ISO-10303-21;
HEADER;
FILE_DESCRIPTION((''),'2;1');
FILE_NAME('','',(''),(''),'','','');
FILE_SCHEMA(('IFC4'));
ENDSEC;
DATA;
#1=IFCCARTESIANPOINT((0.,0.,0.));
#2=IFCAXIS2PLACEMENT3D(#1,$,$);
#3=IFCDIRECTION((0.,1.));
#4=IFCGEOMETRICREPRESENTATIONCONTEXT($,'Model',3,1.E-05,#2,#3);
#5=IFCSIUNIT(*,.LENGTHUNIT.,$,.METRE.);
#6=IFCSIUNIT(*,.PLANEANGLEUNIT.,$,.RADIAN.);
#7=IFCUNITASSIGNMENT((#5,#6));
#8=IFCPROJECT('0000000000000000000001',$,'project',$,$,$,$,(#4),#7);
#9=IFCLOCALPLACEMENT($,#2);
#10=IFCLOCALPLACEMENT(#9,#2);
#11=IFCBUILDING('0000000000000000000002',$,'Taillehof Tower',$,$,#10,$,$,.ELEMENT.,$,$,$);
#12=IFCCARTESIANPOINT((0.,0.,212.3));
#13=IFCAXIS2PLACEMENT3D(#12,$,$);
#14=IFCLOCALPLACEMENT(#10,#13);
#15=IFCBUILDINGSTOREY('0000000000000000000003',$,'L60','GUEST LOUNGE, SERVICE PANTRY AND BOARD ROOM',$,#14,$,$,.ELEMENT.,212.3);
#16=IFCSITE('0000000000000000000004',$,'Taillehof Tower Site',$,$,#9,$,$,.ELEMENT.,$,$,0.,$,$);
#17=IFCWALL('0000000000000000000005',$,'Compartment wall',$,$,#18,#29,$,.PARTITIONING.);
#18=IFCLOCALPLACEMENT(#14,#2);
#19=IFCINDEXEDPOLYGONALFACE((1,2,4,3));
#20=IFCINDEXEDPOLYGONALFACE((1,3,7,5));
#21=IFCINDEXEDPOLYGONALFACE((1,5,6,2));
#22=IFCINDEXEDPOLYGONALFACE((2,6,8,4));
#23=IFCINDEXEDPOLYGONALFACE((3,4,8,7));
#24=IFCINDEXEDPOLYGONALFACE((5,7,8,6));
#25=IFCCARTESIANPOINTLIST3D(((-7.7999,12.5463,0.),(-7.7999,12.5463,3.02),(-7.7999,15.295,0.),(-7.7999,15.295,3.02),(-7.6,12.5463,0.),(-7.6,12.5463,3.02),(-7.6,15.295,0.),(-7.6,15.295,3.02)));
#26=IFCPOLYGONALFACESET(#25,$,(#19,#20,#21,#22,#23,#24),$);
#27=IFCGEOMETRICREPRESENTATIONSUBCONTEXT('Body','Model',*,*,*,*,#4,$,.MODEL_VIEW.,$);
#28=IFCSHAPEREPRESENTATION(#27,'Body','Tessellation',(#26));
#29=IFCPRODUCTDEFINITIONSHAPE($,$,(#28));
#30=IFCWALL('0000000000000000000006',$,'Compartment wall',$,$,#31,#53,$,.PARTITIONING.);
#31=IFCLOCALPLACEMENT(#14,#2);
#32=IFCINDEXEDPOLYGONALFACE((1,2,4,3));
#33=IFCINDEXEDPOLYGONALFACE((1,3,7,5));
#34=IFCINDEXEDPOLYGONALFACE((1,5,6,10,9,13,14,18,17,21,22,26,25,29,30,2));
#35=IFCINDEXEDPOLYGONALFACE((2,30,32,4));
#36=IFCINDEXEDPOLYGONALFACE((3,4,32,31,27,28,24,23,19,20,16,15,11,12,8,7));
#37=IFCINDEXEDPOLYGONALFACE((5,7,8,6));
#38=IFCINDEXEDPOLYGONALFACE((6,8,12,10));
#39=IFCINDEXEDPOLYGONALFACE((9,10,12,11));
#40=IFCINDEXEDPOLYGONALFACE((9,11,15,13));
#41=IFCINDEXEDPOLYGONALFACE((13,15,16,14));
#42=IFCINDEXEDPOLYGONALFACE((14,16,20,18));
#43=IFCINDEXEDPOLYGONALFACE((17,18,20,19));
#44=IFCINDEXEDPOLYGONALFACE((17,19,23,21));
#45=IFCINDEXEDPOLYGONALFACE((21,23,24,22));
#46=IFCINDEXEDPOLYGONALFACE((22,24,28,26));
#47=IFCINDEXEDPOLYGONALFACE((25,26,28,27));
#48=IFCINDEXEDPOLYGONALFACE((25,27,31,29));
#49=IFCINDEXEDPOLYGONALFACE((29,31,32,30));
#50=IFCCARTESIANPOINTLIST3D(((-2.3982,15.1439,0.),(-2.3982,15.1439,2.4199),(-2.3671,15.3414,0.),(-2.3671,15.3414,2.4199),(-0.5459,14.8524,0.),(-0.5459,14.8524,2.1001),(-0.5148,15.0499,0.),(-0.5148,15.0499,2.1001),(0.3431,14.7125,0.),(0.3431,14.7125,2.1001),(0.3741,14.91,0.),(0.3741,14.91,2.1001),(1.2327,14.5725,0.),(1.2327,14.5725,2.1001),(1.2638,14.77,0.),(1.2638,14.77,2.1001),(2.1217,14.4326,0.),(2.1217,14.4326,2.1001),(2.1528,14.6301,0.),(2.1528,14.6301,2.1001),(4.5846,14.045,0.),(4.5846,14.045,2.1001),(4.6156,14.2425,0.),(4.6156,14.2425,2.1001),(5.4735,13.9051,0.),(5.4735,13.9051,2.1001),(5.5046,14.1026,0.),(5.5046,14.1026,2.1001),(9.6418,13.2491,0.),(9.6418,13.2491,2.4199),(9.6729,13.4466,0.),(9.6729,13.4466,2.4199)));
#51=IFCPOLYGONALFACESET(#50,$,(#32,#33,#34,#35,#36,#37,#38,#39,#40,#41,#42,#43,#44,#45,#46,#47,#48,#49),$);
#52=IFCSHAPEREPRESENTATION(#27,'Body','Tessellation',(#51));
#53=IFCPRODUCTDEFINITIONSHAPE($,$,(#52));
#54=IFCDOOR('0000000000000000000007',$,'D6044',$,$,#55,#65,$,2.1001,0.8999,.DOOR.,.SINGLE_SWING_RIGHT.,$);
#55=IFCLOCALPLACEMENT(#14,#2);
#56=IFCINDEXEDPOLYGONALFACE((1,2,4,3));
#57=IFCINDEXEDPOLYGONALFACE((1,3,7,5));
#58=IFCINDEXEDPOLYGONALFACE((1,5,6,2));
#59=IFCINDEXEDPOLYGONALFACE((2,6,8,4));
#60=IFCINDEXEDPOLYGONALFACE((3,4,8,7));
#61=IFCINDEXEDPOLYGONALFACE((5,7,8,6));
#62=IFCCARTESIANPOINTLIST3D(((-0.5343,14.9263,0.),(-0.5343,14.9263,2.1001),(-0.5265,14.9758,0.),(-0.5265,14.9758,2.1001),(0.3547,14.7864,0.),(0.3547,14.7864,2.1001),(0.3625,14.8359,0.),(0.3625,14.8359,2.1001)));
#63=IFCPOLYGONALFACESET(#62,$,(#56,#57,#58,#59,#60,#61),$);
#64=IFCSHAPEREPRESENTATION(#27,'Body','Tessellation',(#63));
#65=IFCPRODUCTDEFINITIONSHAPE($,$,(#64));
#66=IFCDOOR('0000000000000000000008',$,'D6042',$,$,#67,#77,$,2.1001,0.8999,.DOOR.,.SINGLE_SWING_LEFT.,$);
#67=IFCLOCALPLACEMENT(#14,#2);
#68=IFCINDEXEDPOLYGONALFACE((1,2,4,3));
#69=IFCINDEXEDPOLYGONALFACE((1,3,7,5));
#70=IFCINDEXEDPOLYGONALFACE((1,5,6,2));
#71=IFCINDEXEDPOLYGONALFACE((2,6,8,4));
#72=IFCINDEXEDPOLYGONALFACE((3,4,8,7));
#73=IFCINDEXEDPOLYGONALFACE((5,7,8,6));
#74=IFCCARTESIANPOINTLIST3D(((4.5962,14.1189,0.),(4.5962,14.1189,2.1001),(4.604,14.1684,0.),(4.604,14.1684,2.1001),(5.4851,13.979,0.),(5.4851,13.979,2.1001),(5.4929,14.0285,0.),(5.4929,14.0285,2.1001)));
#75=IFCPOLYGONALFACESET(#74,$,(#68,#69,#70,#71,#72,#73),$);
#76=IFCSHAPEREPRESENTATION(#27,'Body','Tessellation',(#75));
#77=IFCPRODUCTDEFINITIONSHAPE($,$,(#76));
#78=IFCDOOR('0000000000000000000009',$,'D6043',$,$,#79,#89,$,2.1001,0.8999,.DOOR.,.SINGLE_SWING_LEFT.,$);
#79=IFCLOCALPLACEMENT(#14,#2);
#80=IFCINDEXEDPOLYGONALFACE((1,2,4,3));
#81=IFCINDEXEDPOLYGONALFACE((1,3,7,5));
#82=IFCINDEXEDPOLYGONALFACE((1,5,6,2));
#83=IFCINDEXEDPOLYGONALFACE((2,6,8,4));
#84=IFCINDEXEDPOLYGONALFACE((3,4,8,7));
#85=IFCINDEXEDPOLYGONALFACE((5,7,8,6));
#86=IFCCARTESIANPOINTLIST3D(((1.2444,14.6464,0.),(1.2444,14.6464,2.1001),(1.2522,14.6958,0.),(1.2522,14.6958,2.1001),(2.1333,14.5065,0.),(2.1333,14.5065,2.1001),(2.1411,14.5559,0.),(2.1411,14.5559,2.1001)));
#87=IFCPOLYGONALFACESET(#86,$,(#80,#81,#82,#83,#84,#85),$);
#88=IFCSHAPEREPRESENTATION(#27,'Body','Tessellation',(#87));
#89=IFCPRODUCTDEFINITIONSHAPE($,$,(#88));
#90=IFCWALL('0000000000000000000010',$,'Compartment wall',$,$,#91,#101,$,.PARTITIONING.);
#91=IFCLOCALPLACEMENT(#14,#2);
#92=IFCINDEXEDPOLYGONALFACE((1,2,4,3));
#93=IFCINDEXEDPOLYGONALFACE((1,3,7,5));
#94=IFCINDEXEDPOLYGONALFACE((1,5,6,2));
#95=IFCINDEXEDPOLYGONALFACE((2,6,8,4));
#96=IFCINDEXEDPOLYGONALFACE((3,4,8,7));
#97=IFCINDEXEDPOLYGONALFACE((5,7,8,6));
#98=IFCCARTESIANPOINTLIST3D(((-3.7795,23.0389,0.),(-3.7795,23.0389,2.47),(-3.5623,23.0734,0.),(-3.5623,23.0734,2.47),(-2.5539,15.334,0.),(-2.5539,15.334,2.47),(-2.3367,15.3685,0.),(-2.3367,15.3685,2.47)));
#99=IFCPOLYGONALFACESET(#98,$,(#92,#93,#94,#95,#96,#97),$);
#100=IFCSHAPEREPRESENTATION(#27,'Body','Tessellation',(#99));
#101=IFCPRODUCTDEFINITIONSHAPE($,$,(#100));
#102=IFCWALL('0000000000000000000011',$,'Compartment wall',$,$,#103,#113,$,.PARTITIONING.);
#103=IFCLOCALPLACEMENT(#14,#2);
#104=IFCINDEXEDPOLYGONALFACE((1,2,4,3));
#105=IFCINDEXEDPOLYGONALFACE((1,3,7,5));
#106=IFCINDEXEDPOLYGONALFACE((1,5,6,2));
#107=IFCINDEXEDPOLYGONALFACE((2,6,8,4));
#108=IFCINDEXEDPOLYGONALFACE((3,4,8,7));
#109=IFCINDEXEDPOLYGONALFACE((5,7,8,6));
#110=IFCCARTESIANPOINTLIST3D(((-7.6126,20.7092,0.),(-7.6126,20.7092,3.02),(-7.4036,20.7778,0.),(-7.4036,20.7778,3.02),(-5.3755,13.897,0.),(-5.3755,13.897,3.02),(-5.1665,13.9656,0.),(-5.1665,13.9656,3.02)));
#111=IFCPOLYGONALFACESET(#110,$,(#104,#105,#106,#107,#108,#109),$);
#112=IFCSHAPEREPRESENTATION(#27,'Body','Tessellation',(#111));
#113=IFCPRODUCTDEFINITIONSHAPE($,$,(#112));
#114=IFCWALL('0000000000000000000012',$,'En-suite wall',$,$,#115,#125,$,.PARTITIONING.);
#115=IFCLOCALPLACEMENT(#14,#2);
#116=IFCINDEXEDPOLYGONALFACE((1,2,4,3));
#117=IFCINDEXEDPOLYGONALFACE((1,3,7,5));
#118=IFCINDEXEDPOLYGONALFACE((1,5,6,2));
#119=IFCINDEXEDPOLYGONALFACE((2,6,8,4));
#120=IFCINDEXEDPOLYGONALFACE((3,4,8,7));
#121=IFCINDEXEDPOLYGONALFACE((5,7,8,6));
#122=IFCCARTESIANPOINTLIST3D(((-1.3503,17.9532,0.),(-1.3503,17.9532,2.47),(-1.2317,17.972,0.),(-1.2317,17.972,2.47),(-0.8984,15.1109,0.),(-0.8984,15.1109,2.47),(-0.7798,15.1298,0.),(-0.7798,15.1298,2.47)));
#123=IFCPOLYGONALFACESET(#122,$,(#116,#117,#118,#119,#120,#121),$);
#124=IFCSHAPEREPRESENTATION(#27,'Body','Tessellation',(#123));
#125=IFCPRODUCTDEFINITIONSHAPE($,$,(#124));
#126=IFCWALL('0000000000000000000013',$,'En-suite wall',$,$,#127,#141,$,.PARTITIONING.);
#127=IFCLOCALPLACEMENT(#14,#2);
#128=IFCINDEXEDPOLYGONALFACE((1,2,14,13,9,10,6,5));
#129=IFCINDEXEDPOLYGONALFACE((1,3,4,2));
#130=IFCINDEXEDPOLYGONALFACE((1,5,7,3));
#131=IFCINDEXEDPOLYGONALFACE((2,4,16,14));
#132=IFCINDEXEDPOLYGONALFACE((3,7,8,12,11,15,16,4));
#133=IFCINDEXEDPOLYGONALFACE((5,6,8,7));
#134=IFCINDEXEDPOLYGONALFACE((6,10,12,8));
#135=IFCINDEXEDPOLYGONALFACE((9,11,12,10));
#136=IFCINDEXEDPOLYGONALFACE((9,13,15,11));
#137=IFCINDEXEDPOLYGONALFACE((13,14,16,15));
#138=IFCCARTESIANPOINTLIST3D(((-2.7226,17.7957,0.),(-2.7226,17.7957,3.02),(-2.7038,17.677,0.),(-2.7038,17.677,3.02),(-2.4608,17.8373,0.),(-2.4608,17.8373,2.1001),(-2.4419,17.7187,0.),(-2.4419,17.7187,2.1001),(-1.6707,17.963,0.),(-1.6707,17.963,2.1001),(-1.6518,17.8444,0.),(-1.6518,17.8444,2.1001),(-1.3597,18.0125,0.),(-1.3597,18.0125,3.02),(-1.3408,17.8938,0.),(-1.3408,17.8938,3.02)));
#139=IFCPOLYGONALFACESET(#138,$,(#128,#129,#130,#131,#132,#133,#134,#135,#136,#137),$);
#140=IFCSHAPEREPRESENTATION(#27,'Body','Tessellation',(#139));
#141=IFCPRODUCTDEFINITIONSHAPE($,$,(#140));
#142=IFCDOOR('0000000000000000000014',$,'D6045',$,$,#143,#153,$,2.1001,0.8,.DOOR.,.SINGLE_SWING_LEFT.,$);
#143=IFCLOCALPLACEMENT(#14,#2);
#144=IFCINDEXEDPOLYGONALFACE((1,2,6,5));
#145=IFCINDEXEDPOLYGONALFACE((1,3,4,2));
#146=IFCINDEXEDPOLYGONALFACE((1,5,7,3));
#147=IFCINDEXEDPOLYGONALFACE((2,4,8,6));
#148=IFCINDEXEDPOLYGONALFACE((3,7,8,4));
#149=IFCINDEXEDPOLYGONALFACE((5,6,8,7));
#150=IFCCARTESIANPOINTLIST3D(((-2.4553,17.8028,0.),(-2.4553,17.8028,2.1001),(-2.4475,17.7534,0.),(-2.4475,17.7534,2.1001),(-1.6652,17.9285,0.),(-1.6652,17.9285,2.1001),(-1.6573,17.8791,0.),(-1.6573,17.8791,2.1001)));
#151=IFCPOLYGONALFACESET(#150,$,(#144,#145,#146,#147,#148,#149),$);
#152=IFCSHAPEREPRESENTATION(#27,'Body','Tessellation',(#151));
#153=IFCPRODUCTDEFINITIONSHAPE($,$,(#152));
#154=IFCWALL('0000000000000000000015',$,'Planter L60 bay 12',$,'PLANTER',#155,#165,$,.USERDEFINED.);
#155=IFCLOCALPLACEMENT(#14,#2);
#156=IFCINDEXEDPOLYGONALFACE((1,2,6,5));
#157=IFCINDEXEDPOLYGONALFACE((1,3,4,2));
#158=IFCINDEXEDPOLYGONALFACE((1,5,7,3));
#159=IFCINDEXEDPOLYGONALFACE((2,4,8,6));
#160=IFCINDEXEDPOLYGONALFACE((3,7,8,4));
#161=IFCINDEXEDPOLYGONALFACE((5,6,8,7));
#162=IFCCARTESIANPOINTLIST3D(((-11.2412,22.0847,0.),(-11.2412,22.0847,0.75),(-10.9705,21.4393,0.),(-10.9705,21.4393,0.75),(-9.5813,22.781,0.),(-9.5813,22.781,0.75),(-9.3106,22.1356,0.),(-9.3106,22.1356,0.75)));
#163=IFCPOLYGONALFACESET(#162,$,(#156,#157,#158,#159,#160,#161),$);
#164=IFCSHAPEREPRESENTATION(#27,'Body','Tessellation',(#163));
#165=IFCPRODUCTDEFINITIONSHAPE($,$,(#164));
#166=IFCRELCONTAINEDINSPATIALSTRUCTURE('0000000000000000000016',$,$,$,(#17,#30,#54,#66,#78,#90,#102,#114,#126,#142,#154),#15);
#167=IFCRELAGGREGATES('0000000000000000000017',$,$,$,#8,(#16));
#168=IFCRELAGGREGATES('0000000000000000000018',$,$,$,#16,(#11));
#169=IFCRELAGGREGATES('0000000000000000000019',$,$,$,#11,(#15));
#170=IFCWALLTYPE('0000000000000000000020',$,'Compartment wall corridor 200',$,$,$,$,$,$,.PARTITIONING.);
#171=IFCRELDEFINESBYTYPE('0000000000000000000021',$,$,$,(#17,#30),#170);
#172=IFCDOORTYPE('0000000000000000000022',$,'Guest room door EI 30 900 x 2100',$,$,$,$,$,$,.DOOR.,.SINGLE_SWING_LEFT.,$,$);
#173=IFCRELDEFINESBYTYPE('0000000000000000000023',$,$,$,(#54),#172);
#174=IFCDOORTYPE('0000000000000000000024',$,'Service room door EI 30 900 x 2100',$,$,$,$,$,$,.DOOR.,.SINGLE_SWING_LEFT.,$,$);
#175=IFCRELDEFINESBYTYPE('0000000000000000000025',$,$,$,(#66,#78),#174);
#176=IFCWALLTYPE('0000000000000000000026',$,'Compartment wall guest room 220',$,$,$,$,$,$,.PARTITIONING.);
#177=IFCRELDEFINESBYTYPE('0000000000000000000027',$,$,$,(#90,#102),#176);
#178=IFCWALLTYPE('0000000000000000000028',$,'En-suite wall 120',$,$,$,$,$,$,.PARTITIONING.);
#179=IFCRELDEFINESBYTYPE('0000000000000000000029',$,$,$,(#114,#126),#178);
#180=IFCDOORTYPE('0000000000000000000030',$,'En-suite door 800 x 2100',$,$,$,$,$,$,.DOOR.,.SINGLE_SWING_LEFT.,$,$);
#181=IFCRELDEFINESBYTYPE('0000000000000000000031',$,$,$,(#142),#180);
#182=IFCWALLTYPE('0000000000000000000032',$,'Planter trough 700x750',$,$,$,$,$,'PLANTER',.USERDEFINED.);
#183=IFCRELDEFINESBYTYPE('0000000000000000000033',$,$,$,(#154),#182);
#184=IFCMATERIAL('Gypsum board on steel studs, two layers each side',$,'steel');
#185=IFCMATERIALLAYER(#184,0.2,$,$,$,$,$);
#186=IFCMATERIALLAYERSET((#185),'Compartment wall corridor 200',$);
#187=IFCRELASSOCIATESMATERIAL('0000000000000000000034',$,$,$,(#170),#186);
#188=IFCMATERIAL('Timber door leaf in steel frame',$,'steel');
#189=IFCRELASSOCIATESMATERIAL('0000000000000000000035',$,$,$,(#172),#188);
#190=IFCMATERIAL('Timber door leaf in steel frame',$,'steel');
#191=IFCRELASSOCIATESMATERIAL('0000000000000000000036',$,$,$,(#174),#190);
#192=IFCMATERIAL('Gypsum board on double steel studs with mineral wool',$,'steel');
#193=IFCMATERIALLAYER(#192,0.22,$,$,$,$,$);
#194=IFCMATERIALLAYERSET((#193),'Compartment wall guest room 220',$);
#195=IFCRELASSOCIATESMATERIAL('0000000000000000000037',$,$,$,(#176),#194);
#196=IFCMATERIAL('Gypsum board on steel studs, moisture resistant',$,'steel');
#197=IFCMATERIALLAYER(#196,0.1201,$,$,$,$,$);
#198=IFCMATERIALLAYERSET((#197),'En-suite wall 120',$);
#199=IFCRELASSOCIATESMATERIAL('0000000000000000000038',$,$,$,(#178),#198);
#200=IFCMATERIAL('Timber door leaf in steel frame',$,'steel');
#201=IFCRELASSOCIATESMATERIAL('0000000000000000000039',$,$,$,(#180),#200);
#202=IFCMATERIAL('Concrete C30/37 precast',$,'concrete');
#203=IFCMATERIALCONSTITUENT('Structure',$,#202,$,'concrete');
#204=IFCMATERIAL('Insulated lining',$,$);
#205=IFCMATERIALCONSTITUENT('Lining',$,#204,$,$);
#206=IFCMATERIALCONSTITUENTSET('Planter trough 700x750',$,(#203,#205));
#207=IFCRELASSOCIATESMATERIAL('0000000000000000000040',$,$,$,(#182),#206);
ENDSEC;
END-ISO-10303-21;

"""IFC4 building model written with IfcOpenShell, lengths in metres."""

from ifc_helpers import new_model, si_unit, direction, frame, frame_2d, origin, place, context, subcontext, project, spatial, rectangle, extrude, material, layer, layer_set, constituent, constituent_set, type_object, element, fill, save


model = new_model("IFC4")

# Units and contexts
model_context = context("Model", 3, precision=1e-05, world=origin(), true_north=direction((0.0, 1.0)))
body_context = subcontext(model_context, "Body", "Model", "MODEL_VIEW")
ifc_project = project(units=[si_unit("LENGTHUNIT", "METRE"), si_unit("PLANEANGLEUNIT", "RADIAN")], contexts=[model_context])

# Site, building, storey
site_placement = place(None, origin())
site = spatial("IfcSite", under=ifc_project, at=site_placement, Name="Taillehof Tower Site", CompositionType="ELEMENT", RefElevation=0.0)
building_placement = place(site_placement, origin())
building = spatial("IfcBuilding", under=site, at=building_placement, Name="Taillehof Tower", CompositionType="ELEMENT")
storey_placement = place(building_placement, frame((0.0, 0.0, 212.3)))
storey = spatial("IfcBuildingStorey", under=building, at=storey_placement, Name="L60", Description="GUEST LOUNGE, SERVICE PANTRY AND BOARD ROOM", CompositionType="ELEMENT", Elevation=212.3)

# Wall
ifc_material_1 = material(Name="Gypsum board on steel studs, two layers each side", Category="steel")
ifc_layer_1 = layer(ifc_material_1, 0.2)
ifc_layer_set_1 = layer_set([ifc_layer_1], Name="Compartment wall corridor 200")
wall_type_1 = type_object("IfcWallType", Name="Compartment wall corridor 200", PredefinedType="PARTITIONING", material=ifc_layer_set_1)
wall_1_placement = place(storey_placement, frame((-7.7, 15.2952, 0.0), z_axis=(0.0, 0.0, 1.0), x_axis=(0.0, -1.0, 0.0)))
element("IfcWall", 1, at=wall_1_placement, inside=storey, type_object=wall_type_1, Name="Compartment wall", PredefinedType="PARTITIONING", context=body_context, shape_type="SweptSolid", body=[
    extrude(rectangle(XDim=2.7488, YDim=0.2, at=frame_2d((1.3745, 0.0))), origin(), (0.0, 0.0, 1.0), 3.02),
])

# Wall, openings, doors
wall_2_placement = place(storey_placement, frame((-2.3828, 15.2427, 0.0), z_axis=(0.0, 0.0, 1.0), x_axis=(0.987842, -0.15546, 0.0)))
wall_2 = element("IfcWall", 2, at=wall_2_placement, inside=storey, type_object=wall_type_1, Name="Compartment wall", PredefinedType="PARTITIONING", context=body_context, shape_type="SweptSolid", body=[
    extrude(rectangle(XDim=12.1882, YDim=0.2, at=frame_2d((6.0942, 0.0))), origin(), (0.0, 0.0, 1.0), 2.4199),
])
opening_1_placement = place(wall_2_placement, frame((7.0688, 0.0, 0.0)))
opening_1 = element("IfcOpeningElement", 3, at=opening_1_placement, cuts=wall_2, PredefinedType="OPENING", context=body_context, shape_type="SweptSolid", body=[
    extrude(rectangle(XDim=0.8999, YDim=2.1001, at=frame_2d((0.45, 1.05))), frame((0.0, 0.1099, 0.0), z_axis=(0.0, -1.0, 0.0), x_axis=(1.0, 0.0, 0.0)), (0.0, 0.0, 1.0), 0.22),
])
opening_2_placement = place(wall_2_placement, frame((3.6758, 0.0, 0.0)))
opening_2 = element("IfcOpeningElement", 4, at=opening_2_placement, cuts=wall_2, PredefinedType="OPENING", context=body_context, shape_type="SweptSolid", body=[
    extrude(rectangle(XDim=0.8999, YDim=2.1001, at=frame_2d((0.45, 1.05))), frame((0.0, 0.1099, 0.0), z_axis=(0.0, -1.0, 0.0), x_axis=(1.0, 0.0, 0.0)), (0.0, 0.0, 1.0), 0.22),
])
opening_3_placement = place(wall_2_placement, frame((1.8752, 0.0, 0.0)))
opening_3 = element("IfcOpeningElement", 5, at=opening_3_placement, cuts=wall_2, PredefinedType="OPENING", context=body_context, shape_type="SweptSolid", body=[
    extrude(rectangle(XDim=0.8999, YDim=2.1001, at=frame_2d((0.45, 1.05))), frame((0.0, 0.1099, 0.0), z_axis=(0.0, -1.0, 0.0), x_axis=(1.0, 0.0, 0.0)), (0.0, 0.0, 1.0), 0.22),
])
ifc_material_2 = material(Name="Timber door leaf in steel frame", Category="steel")
door_type_1 = type_object("IfcDoorType", Name="Guest room door EI 30 900 x 2100", OperationType="SINGLE_SWING_LEFT", PredefinedType="DOOR", material=ifc_material_2)
door_1_placement = place(opening_3_placement, origin())
door_1 = element("IfcDoor", 6, at=door_1_placement, inside=storey, type_object=door_type_1, Name="D6044", OperationType="SINGLE_SWING_RIGHT", OverallHeight=2.1001, OverallWidth=0.8999, PredefinedType="DOOR", context=body_context, shape_type="SweptSolid", body=[
    extrude(rectangle(XDim=0.8999, YDim=2.1001, at=frame_2d((0.45, 1.05))), frame((0.0, 0.0249, 0.0), z_axis=(0.0, -1.0, 0.0), x_axis=(1.0, 0.0, 0.0)), (0.0, 0.0, 1.0), 0.05),
])
fill(opening_3, door_1)
ifc_material_3 = material(Name="Timber door leaf in steel frame", Category="steel")
door_type_2 = type_object("IfcDoorType", Name="Service room door EI 30 900 x 2100", OperationType="SINGLE_SWING_LEFT", PredefinedType="DOOR", material=ifc_material_3)
door_2_placement = place(opening_1_placement, origin())
door_2 = element("IfcDoor", 7, at=door_2_placement, inside=storey, type_object=door_type_2, Name="D6042", OperationType="SINGLE_SWING_LEFT", OverallHeight=2.1001, OverallWidth=0.8999, PredefinedType="DOOR", context=body_context, shape_type="SweptSolid", body=[
    extrude(rectangle(XDim=0.8999, YDim=2.1001, at=frame_2d((0.45, 1.05))), frame((0.0, 0.0249, 0.0), z_axis=(0.0, -1.0, 0.0), x_axis=(1.0, 0.0, 0.0)), (0.0, 0.0, 1.0), 0.05),
])
fill(opening_1, door_2)
door_3_placement = place(opening_2_placement, origin())
door_3 = element("IfcDoor", 8, at=door_3_placement, inside=storey, type_object=door_type_2, Name="D6043", OperationType="SINGLE_SWING_LEFT", OverallHeight=2.1001, OverallWidth=0.8999, PredefinedType="DOOR", context=body_context, shape_type="SweptSolid", body=[
    extrude(rectangle(XDim=0.8999, YDim=2.1001, at=frame_2d((0.45, 1.05))), frame((0.0, 0.0249, 0.0), z_axis=(0.0, -1.0, 0.0), x_axis=(1.0, 0.0, 0.0)), (0.0, 0.0, 1.0), 0.05),
])
fill(opening_2, door_3)

# Walls
ifc_material_4 = material(Name="Gypsum board on double steel studs with mineral wool", Category="steel")
ifc_layer_2 = layer(ifc_material_4, 0.22)
ifc_layer_set_2 = layer_set([ifc_layer_2], Name="Compartment wall guest room 220")
wall_type_2 = type_object("IfcWallType", Name="Compartment wall guest room 220", PredefinedType="PARTITIONING", material=ifc_layer_set_2)
wall_3_placement = place(storey_placement, frame((-3.6709, 23.0562, 0.0), z_axis=(0.0, 0.0, 1.0), x_axis=(0.157092, -0.987584, 0.0)))
element("IfcWall", 9, at=wall_3_placement, inside=storey, type_object=wall_type_2, Name="Compartment wall", PredefinedType="PARTITIONING", context=body_context, shape_type="SweptSolid", body=[
    extrude(rectangle(XDim=7.8018, YDim=0.22, at=frame_2d((3.9009, 0.0))), origin(), (0.0, 0.0, 1.0), 2.47),
])
wall_4_placement = place(storey_placement, frame((-7.5081, 20.7434, 0.0), z_axis=(0.0, 0.0, 1.0), x_axis=(0.311996, -0.950084, 0.0)))
element("IfcWall", 10, at=wall_4_placement, inside=storey, type_object=wall_type_2, Name="Compartment wall", PredefinedType="PARTITIONING", context=body_context, shape_type="SweptSolid", body=[
    extrude(rectangle(XDim=7.1702, YDim=0.22, at=frame_2d((3.585, 0.0))), origin(), (0.0, 0.0, 1.0), 3.02),
])
ifc_material_5 = material(Name="Gypsum board on steel studs, moisture resistant", Category="steel")
ifc_layer_3 = layer(ifc_material_5, 0.1201)
ifc_layer_set_3 = layer_set([ifc_layer_3], Name="En-suite wall 120")
wall_type_3 = type_object("IfcWallType", Name="En-suite wall 120", PredefinedType="PARTITIONING", material=ifc_layer_set_3)
wall_5_placement = place(storey_placement, frame((-0.8391, 15.1204, 0.0), z_axis=(0.0, 0.0, 1.0), x_axis=(-0.157021, 0.987595, 0.0)))
element("IfcWall", 11, at=wall_5_placement, inside=storey, type_object=wall_type_3, Name="En-suite wall", PredefinedType="PARTITIONING", context=body_context, shape_type="SweptSolid", body=[
    extrude(rectangle(XDim=2.8779, YDim=0.1201, at=frame_2d((1.439, 0.0))), origin(), (0.0, 0.0, 1.0), 2.47),
])

# Wall, opening, door
wall_6_placement = place(storey_placement, frame((-1.3503, 17.9531, 0.0), z_axis=(0.0, 0.0, 1.0), x_axis=(-0.987586, -0.15708, 0.0)))
wall_6 = element("IfcWall", 12, at=wall_6_placement, inside=storey, type_object=wall_type_3, Name="En-suite wall", PredefinedType="PARTITIONING", context=body_context, shape_type="SweptSolid", body=[
    extrude(rectangle(XDim=1.3801, YDim=0.1201, at=frame_2d((0.6899, 0.0))), origin(), (0.0, 0.0, 1.0), 3.02),
])
opening_4_placement = place(wall_6_placement, frame((0.3149, 0.0, 0.0)))
opening_4 = element("IfcOpeningElement", 13, at=opening_4_placement, cuts=wall_6, PredefinedType="OPENING", context=body_context, shape_type="SweptSolid", body=[
    extrude(rectangle(XDim=0.8, YDim=2.1001, at=frame_2d((0.3999, 1.05))), frame((0.0, 0.0701, 0.0), z_axis=(0.0, -1.0, 0.0), x_axis=(1.0, 0.0, 0.0)), (0.0, 0.0, 1.0), 0.1401),
])
ifc_material_6 = material(Name="Timber door leaf in steel frame", Category="steel")
door_type_3 = type_object("IfcDoorType", Name="En-suite door 800 x 2100", OperationType="SINGLE_SWING_LEFT", PredefinedType="DOOR", material=ifc_material_6)
door_4_placement = place(opening_4_placement, origin())
door_4 = element("IfcDoor", 14, at=door_4_placement, inside=storey, type_object=door_type_3, Name="D6045", OperationType="SINGLE_SWING_LEFT", OverallHeight=2.1001, OverallWidth=0.8, PredefinedType="DOOR", context=body_context, shape_type="SweptSolid", body=[
    extrude(rectangle(XDim=0.8, YDim=2.1001, at=frame_2d((0.3999, 1.05))), frame((0.0, 0.0249, 0.0), z_axis=(0.0, -1.0, 0.0), x_axis=(1.0, 0.0, 0.0)), (0.0, 0.0, 1.0), 0.05),
])
fill(opening_4, door_4)

# Wall
ifc_material_7 = material(Name="Concrete C30/37 precast", Category="concrete")
ifc_constituent_1 = constituent(ifc_material_7, Name="Structure", Category="concrete")
ifc_material_8 = material(Name="Insulated lining")
ifc_constituent_2 = constituent(ifc_material_8, Name="Lining")
ifc_constituent_set = constituent_set(constituents=[ifc_constituent_1, ifc_constituent_2], Name="Planter trough 700x750")
wall_type_4 = type_object("IfcWallType", Name="Planter trough 700x750", ElementType="PLANTER", PredefinedType="USERDEFINED", material=ifc_constituent_set)
wall_7_placement = place(storey_placement, frame((-9.446, 22.4583, 0.0), z_axis=(0.0, 0.0, 1.0), x_axis=(-0.922155, -0.38682, 0.0)))
element("IfcWall", 15, at=wall_7_placement, inside=storey, type_object=wall_type_4, Name="Planter L60 bay 12", ObjectType="PLANTER", PredefinedType="USERDEFINED", context=body_context, shape_type="SweptSolid", body=[
    extrude(rectangle(XDim=1.8, YDim=0.7, at=frame_2d((0.8999, 0.0))), origin(), (0.0, 0.0, 1.0), 0.75),
])

save(model, "model.ifc")
